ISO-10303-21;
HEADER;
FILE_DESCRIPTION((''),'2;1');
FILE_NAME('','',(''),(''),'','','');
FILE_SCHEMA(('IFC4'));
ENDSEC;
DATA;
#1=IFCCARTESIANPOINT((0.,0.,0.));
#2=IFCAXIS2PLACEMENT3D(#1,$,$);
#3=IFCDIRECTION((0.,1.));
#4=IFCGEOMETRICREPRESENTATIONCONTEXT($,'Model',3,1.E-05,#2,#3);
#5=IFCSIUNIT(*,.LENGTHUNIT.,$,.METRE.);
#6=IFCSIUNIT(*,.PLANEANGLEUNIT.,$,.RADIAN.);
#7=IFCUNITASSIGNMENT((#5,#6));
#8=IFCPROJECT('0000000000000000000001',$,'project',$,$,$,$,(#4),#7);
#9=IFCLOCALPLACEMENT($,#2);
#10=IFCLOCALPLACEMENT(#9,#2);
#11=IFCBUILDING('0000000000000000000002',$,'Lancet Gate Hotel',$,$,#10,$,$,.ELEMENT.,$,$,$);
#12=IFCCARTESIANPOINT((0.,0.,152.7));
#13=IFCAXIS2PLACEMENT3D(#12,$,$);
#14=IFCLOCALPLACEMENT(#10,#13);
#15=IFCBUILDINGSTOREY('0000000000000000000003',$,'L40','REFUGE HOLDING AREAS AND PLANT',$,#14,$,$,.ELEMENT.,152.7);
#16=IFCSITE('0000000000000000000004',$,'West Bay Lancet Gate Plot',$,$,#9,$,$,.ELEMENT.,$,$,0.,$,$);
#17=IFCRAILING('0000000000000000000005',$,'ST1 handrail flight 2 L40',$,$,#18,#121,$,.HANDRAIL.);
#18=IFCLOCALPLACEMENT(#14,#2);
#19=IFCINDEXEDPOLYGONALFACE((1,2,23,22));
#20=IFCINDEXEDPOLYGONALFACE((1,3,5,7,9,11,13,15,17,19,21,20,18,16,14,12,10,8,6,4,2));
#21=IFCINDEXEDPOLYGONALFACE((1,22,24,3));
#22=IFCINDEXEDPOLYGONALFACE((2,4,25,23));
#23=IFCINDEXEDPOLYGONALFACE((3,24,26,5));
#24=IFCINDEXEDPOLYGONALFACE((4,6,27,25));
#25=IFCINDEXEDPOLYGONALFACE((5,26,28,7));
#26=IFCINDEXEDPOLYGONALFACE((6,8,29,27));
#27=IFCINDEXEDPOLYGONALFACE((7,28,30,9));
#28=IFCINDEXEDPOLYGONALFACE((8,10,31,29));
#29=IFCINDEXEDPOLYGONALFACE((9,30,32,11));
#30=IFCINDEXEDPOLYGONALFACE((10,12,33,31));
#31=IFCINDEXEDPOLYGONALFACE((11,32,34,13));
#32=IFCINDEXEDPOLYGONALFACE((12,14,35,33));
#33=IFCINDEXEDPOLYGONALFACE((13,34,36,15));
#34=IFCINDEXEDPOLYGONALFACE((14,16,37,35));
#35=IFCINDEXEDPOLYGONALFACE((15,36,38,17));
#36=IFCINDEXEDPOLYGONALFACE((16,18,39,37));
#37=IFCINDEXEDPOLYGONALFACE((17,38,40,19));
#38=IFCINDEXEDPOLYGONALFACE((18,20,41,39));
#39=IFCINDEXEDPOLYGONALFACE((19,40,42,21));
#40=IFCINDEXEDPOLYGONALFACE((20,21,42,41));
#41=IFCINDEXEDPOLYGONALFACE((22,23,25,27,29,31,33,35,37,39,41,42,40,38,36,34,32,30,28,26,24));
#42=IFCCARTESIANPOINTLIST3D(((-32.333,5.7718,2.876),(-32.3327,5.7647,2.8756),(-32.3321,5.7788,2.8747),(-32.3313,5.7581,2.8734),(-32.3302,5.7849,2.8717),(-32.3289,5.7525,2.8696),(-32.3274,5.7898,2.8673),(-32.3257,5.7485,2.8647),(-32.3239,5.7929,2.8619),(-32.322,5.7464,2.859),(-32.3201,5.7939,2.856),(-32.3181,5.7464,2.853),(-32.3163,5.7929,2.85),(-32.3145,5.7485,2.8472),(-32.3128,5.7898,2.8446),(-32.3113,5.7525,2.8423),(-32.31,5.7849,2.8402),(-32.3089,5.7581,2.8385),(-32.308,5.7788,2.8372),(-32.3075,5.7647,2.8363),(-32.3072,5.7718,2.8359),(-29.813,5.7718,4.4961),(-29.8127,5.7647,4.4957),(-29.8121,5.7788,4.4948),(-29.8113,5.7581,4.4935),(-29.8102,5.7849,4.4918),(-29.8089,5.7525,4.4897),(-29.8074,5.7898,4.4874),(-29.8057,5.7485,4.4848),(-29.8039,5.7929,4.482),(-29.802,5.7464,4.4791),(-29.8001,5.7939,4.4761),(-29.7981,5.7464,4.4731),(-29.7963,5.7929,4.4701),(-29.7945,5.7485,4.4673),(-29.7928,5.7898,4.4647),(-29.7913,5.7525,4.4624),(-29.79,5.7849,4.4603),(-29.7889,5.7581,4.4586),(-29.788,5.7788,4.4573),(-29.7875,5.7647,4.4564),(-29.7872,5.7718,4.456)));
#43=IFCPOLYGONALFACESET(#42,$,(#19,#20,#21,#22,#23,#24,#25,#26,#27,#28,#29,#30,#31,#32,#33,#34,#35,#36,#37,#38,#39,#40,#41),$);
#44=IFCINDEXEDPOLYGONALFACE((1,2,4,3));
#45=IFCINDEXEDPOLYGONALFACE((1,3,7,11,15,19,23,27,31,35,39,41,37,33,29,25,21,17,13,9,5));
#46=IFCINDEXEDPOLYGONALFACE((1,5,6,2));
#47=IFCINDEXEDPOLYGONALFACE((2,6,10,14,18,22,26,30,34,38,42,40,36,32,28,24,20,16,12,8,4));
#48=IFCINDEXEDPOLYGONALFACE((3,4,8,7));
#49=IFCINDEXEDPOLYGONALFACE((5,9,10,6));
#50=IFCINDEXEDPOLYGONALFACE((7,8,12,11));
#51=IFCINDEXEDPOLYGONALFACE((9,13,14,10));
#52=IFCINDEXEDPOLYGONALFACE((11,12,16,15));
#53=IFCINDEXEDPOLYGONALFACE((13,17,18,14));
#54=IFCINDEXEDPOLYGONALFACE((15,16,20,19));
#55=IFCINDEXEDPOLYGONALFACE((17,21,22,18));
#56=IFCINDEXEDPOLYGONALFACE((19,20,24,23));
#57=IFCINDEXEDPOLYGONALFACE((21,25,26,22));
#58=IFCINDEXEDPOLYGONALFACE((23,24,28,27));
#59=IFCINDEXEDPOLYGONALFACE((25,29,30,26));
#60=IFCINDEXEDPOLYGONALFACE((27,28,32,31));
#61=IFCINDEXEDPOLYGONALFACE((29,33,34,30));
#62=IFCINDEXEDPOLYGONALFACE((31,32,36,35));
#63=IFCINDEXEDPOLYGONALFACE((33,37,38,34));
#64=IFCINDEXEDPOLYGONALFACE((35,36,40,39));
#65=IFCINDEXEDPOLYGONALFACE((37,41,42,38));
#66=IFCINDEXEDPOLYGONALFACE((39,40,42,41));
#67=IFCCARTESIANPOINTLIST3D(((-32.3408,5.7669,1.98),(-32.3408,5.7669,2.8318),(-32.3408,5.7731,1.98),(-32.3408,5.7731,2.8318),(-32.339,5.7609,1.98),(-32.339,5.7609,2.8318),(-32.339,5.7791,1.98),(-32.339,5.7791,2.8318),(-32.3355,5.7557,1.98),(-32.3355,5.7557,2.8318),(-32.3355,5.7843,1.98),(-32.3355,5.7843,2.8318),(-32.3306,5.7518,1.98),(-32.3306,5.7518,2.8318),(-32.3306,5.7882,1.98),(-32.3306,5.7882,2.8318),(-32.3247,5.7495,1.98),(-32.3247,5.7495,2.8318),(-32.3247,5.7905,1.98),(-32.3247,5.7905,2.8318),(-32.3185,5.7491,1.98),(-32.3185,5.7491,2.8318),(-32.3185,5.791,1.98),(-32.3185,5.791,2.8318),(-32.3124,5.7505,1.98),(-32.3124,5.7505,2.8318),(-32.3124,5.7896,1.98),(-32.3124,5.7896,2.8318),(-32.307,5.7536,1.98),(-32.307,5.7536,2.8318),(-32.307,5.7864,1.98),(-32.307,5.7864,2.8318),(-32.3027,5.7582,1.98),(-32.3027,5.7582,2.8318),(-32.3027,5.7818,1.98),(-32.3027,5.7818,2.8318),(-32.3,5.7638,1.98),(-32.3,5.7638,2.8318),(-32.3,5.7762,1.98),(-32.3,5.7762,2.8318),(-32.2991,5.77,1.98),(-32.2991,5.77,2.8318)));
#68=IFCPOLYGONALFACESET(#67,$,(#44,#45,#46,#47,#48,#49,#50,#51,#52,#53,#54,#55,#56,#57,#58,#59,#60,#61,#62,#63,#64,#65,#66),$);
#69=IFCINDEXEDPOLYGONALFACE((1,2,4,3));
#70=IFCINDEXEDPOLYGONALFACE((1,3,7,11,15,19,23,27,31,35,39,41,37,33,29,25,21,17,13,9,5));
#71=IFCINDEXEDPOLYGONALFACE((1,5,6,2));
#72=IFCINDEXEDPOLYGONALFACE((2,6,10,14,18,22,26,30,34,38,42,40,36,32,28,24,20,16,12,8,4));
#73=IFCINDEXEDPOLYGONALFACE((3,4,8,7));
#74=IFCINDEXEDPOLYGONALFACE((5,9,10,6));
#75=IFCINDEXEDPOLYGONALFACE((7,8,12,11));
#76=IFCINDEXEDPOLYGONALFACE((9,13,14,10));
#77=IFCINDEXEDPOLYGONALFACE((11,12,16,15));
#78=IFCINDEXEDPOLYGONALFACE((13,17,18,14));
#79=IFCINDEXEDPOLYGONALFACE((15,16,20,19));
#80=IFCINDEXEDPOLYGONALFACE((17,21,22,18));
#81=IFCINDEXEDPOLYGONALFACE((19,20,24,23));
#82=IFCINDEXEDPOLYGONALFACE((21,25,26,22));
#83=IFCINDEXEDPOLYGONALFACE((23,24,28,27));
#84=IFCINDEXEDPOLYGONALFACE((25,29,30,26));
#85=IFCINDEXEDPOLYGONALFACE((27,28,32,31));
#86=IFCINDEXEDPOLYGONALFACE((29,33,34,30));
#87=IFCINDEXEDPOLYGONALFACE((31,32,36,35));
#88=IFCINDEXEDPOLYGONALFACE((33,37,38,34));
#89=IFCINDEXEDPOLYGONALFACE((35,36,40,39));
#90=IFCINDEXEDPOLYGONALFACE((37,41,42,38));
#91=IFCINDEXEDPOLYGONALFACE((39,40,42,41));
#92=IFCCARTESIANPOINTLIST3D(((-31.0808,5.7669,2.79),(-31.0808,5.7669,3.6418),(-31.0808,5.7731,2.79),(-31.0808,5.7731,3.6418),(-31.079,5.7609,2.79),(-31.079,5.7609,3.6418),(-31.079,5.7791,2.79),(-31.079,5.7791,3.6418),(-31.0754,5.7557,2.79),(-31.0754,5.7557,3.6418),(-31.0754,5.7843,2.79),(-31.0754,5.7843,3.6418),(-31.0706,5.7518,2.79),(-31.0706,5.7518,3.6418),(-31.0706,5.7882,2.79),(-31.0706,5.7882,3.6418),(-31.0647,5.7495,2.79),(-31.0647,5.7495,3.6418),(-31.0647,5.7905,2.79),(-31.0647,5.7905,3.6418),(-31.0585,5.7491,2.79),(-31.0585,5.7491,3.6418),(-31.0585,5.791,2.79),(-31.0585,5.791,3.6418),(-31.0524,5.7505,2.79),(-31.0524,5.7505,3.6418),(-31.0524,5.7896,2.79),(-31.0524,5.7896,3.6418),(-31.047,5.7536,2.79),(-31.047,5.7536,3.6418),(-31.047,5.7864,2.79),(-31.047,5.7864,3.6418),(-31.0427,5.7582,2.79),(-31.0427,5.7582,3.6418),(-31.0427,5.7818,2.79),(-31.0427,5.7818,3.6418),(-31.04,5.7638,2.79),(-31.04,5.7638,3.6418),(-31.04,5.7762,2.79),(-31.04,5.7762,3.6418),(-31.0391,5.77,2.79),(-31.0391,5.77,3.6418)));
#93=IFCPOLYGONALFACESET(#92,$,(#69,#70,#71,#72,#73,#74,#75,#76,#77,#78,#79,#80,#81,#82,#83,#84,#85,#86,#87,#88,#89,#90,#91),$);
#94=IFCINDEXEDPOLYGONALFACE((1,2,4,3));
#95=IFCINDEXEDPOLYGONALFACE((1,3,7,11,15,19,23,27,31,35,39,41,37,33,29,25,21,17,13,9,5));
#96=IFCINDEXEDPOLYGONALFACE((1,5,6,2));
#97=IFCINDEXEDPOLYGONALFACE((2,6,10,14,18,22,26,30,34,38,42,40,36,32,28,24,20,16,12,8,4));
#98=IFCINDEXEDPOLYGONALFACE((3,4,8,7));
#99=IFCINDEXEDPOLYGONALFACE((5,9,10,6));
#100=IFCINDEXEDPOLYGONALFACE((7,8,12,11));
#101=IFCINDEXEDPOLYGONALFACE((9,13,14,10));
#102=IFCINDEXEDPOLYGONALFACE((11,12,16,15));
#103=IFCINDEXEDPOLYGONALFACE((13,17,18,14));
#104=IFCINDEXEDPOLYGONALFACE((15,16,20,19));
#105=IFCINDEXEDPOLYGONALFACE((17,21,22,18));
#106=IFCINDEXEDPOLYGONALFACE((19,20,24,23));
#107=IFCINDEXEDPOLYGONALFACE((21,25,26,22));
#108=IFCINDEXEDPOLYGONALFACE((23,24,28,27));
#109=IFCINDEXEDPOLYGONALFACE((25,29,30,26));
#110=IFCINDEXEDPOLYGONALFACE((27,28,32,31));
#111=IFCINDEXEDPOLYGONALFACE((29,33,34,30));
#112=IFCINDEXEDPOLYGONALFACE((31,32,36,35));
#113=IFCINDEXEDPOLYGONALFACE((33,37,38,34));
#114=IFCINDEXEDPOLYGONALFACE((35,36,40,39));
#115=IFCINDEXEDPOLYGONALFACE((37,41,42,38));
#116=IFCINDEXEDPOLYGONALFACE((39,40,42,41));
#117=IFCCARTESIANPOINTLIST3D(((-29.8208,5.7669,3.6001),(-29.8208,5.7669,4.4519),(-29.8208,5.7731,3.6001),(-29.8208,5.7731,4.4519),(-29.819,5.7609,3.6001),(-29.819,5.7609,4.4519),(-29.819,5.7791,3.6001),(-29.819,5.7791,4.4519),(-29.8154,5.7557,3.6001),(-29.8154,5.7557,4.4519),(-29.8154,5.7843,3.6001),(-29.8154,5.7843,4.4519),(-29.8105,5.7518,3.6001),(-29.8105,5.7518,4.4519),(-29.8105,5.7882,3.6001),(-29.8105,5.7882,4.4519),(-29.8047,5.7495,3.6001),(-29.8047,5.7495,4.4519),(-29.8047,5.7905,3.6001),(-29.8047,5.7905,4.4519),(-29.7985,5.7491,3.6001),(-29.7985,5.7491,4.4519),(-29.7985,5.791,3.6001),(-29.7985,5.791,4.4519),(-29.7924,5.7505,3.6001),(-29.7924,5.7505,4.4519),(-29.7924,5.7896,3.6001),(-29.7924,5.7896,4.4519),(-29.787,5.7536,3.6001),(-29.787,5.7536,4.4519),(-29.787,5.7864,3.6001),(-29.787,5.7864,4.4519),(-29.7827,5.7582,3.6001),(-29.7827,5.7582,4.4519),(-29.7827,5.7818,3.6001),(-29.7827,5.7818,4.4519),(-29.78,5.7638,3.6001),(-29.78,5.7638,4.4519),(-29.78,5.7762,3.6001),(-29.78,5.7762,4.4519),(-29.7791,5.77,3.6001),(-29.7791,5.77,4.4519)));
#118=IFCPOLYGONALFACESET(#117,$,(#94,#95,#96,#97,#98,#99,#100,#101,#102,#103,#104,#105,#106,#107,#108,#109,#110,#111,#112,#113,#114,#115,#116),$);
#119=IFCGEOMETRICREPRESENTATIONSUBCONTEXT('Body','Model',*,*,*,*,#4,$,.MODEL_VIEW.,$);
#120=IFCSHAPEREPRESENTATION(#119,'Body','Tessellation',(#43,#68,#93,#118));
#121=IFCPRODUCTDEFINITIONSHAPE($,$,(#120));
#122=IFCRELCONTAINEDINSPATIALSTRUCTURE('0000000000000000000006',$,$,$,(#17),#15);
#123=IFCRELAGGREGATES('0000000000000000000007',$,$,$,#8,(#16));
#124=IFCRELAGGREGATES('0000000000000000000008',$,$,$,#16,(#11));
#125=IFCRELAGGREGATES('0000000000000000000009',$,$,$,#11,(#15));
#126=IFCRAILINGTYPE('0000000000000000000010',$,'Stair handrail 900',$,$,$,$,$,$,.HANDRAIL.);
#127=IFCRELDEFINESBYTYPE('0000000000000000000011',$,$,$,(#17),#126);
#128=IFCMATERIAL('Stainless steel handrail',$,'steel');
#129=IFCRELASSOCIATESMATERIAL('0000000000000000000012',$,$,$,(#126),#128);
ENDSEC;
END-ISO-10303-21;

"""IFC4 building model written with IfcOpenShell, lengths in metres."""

from ifc_helpers import new_model, si_unit, direction, frame, origin, origin_2d, place, context, subcontext, project, spatial, circle, extrude, material, type_object, element, save


model = new_model("IFC4")

# Units and contexts
model_context = context("Model", 3, precision=1e-05, world=origin(), true_north=direction((0.0, 1.0)))
body_context = subcontext(model_context, "Body", "Model", "MODEL_VIEW")
ifc_project = project(units=[si_unit("LENGTHUNIT", "METRE"), si_unit("PLANEANGLEUNIT", "RADIAN")], contexts=[model_context])

# Site, building, storey
site_placement = place(None, origin())
site = spatial("IfcSite", under=ifc_project, at=site_placement, Name="West Bay Lancet Gate Plot", CompositionType="ELEMENT", RefElevation=0.0)
building_placement = place(site_placement, origin())
building = spatial("IfcBuilding", under=site, at=building_placement, Name="Lancet Gate Hotel", CompositionType="ELEMENT")
storey_placement = place(building_placement, frame((0.0, 0.0, 152.7)))
storey = spatial("IfcBuildingStorey", under=building, at=storey_placement, Name="L40", Description="REFUGE HOLDING AREAS AND PLANT", CompositionType="ELEMENT", Elevation=152.7)

# Railing
ifc_material_1 = material(Name="Stainless steel handrail", Category="steel")
railing_type = type_object("IfcRailingType", Name="Stair handrail 900", PredefinedType="HANDRAIL", material=ifc_material_1)
railing_1_placement = place(storey_placement, frame((-32.3201, 5.77, 1.98)))
element("IfcRailing", 1, at=railing_1_placement, inside=storey, type_object=railing_type, Name="ST1 handrail flight 2 L40", PredefinedType="HANDRAIL", context=body_context, shape_type="SweptSolid", body=[
    extrude(circle(Radius=0.0239, at=origin_2d()), frame((0.0, 0.0, 0.876), z_axis=(0.841163, 0.0, 0.540782), x_axis=(0.0, 1.0, 0.0)), (0.0, 0.0, 1.0), 2.9958),
    extrude(circle(Radius=0.021, at=origin_2d()), origin(), (0.0, 0.0, 1.0), 0.8518),
    extrude(circle(Radius=0.021, at=origin_2d()), frame((1.26, 0.0, 0.8101)), (0.0, 0.0, 1.0), 0.8518),
    extrude(circle(Radius=0.021, at=origin_2d()), frame((2.52, 0.0, 1.6201)), (0.0, 0.0, 1.0), 0.8518),
])

save(model, "model.ifc")
